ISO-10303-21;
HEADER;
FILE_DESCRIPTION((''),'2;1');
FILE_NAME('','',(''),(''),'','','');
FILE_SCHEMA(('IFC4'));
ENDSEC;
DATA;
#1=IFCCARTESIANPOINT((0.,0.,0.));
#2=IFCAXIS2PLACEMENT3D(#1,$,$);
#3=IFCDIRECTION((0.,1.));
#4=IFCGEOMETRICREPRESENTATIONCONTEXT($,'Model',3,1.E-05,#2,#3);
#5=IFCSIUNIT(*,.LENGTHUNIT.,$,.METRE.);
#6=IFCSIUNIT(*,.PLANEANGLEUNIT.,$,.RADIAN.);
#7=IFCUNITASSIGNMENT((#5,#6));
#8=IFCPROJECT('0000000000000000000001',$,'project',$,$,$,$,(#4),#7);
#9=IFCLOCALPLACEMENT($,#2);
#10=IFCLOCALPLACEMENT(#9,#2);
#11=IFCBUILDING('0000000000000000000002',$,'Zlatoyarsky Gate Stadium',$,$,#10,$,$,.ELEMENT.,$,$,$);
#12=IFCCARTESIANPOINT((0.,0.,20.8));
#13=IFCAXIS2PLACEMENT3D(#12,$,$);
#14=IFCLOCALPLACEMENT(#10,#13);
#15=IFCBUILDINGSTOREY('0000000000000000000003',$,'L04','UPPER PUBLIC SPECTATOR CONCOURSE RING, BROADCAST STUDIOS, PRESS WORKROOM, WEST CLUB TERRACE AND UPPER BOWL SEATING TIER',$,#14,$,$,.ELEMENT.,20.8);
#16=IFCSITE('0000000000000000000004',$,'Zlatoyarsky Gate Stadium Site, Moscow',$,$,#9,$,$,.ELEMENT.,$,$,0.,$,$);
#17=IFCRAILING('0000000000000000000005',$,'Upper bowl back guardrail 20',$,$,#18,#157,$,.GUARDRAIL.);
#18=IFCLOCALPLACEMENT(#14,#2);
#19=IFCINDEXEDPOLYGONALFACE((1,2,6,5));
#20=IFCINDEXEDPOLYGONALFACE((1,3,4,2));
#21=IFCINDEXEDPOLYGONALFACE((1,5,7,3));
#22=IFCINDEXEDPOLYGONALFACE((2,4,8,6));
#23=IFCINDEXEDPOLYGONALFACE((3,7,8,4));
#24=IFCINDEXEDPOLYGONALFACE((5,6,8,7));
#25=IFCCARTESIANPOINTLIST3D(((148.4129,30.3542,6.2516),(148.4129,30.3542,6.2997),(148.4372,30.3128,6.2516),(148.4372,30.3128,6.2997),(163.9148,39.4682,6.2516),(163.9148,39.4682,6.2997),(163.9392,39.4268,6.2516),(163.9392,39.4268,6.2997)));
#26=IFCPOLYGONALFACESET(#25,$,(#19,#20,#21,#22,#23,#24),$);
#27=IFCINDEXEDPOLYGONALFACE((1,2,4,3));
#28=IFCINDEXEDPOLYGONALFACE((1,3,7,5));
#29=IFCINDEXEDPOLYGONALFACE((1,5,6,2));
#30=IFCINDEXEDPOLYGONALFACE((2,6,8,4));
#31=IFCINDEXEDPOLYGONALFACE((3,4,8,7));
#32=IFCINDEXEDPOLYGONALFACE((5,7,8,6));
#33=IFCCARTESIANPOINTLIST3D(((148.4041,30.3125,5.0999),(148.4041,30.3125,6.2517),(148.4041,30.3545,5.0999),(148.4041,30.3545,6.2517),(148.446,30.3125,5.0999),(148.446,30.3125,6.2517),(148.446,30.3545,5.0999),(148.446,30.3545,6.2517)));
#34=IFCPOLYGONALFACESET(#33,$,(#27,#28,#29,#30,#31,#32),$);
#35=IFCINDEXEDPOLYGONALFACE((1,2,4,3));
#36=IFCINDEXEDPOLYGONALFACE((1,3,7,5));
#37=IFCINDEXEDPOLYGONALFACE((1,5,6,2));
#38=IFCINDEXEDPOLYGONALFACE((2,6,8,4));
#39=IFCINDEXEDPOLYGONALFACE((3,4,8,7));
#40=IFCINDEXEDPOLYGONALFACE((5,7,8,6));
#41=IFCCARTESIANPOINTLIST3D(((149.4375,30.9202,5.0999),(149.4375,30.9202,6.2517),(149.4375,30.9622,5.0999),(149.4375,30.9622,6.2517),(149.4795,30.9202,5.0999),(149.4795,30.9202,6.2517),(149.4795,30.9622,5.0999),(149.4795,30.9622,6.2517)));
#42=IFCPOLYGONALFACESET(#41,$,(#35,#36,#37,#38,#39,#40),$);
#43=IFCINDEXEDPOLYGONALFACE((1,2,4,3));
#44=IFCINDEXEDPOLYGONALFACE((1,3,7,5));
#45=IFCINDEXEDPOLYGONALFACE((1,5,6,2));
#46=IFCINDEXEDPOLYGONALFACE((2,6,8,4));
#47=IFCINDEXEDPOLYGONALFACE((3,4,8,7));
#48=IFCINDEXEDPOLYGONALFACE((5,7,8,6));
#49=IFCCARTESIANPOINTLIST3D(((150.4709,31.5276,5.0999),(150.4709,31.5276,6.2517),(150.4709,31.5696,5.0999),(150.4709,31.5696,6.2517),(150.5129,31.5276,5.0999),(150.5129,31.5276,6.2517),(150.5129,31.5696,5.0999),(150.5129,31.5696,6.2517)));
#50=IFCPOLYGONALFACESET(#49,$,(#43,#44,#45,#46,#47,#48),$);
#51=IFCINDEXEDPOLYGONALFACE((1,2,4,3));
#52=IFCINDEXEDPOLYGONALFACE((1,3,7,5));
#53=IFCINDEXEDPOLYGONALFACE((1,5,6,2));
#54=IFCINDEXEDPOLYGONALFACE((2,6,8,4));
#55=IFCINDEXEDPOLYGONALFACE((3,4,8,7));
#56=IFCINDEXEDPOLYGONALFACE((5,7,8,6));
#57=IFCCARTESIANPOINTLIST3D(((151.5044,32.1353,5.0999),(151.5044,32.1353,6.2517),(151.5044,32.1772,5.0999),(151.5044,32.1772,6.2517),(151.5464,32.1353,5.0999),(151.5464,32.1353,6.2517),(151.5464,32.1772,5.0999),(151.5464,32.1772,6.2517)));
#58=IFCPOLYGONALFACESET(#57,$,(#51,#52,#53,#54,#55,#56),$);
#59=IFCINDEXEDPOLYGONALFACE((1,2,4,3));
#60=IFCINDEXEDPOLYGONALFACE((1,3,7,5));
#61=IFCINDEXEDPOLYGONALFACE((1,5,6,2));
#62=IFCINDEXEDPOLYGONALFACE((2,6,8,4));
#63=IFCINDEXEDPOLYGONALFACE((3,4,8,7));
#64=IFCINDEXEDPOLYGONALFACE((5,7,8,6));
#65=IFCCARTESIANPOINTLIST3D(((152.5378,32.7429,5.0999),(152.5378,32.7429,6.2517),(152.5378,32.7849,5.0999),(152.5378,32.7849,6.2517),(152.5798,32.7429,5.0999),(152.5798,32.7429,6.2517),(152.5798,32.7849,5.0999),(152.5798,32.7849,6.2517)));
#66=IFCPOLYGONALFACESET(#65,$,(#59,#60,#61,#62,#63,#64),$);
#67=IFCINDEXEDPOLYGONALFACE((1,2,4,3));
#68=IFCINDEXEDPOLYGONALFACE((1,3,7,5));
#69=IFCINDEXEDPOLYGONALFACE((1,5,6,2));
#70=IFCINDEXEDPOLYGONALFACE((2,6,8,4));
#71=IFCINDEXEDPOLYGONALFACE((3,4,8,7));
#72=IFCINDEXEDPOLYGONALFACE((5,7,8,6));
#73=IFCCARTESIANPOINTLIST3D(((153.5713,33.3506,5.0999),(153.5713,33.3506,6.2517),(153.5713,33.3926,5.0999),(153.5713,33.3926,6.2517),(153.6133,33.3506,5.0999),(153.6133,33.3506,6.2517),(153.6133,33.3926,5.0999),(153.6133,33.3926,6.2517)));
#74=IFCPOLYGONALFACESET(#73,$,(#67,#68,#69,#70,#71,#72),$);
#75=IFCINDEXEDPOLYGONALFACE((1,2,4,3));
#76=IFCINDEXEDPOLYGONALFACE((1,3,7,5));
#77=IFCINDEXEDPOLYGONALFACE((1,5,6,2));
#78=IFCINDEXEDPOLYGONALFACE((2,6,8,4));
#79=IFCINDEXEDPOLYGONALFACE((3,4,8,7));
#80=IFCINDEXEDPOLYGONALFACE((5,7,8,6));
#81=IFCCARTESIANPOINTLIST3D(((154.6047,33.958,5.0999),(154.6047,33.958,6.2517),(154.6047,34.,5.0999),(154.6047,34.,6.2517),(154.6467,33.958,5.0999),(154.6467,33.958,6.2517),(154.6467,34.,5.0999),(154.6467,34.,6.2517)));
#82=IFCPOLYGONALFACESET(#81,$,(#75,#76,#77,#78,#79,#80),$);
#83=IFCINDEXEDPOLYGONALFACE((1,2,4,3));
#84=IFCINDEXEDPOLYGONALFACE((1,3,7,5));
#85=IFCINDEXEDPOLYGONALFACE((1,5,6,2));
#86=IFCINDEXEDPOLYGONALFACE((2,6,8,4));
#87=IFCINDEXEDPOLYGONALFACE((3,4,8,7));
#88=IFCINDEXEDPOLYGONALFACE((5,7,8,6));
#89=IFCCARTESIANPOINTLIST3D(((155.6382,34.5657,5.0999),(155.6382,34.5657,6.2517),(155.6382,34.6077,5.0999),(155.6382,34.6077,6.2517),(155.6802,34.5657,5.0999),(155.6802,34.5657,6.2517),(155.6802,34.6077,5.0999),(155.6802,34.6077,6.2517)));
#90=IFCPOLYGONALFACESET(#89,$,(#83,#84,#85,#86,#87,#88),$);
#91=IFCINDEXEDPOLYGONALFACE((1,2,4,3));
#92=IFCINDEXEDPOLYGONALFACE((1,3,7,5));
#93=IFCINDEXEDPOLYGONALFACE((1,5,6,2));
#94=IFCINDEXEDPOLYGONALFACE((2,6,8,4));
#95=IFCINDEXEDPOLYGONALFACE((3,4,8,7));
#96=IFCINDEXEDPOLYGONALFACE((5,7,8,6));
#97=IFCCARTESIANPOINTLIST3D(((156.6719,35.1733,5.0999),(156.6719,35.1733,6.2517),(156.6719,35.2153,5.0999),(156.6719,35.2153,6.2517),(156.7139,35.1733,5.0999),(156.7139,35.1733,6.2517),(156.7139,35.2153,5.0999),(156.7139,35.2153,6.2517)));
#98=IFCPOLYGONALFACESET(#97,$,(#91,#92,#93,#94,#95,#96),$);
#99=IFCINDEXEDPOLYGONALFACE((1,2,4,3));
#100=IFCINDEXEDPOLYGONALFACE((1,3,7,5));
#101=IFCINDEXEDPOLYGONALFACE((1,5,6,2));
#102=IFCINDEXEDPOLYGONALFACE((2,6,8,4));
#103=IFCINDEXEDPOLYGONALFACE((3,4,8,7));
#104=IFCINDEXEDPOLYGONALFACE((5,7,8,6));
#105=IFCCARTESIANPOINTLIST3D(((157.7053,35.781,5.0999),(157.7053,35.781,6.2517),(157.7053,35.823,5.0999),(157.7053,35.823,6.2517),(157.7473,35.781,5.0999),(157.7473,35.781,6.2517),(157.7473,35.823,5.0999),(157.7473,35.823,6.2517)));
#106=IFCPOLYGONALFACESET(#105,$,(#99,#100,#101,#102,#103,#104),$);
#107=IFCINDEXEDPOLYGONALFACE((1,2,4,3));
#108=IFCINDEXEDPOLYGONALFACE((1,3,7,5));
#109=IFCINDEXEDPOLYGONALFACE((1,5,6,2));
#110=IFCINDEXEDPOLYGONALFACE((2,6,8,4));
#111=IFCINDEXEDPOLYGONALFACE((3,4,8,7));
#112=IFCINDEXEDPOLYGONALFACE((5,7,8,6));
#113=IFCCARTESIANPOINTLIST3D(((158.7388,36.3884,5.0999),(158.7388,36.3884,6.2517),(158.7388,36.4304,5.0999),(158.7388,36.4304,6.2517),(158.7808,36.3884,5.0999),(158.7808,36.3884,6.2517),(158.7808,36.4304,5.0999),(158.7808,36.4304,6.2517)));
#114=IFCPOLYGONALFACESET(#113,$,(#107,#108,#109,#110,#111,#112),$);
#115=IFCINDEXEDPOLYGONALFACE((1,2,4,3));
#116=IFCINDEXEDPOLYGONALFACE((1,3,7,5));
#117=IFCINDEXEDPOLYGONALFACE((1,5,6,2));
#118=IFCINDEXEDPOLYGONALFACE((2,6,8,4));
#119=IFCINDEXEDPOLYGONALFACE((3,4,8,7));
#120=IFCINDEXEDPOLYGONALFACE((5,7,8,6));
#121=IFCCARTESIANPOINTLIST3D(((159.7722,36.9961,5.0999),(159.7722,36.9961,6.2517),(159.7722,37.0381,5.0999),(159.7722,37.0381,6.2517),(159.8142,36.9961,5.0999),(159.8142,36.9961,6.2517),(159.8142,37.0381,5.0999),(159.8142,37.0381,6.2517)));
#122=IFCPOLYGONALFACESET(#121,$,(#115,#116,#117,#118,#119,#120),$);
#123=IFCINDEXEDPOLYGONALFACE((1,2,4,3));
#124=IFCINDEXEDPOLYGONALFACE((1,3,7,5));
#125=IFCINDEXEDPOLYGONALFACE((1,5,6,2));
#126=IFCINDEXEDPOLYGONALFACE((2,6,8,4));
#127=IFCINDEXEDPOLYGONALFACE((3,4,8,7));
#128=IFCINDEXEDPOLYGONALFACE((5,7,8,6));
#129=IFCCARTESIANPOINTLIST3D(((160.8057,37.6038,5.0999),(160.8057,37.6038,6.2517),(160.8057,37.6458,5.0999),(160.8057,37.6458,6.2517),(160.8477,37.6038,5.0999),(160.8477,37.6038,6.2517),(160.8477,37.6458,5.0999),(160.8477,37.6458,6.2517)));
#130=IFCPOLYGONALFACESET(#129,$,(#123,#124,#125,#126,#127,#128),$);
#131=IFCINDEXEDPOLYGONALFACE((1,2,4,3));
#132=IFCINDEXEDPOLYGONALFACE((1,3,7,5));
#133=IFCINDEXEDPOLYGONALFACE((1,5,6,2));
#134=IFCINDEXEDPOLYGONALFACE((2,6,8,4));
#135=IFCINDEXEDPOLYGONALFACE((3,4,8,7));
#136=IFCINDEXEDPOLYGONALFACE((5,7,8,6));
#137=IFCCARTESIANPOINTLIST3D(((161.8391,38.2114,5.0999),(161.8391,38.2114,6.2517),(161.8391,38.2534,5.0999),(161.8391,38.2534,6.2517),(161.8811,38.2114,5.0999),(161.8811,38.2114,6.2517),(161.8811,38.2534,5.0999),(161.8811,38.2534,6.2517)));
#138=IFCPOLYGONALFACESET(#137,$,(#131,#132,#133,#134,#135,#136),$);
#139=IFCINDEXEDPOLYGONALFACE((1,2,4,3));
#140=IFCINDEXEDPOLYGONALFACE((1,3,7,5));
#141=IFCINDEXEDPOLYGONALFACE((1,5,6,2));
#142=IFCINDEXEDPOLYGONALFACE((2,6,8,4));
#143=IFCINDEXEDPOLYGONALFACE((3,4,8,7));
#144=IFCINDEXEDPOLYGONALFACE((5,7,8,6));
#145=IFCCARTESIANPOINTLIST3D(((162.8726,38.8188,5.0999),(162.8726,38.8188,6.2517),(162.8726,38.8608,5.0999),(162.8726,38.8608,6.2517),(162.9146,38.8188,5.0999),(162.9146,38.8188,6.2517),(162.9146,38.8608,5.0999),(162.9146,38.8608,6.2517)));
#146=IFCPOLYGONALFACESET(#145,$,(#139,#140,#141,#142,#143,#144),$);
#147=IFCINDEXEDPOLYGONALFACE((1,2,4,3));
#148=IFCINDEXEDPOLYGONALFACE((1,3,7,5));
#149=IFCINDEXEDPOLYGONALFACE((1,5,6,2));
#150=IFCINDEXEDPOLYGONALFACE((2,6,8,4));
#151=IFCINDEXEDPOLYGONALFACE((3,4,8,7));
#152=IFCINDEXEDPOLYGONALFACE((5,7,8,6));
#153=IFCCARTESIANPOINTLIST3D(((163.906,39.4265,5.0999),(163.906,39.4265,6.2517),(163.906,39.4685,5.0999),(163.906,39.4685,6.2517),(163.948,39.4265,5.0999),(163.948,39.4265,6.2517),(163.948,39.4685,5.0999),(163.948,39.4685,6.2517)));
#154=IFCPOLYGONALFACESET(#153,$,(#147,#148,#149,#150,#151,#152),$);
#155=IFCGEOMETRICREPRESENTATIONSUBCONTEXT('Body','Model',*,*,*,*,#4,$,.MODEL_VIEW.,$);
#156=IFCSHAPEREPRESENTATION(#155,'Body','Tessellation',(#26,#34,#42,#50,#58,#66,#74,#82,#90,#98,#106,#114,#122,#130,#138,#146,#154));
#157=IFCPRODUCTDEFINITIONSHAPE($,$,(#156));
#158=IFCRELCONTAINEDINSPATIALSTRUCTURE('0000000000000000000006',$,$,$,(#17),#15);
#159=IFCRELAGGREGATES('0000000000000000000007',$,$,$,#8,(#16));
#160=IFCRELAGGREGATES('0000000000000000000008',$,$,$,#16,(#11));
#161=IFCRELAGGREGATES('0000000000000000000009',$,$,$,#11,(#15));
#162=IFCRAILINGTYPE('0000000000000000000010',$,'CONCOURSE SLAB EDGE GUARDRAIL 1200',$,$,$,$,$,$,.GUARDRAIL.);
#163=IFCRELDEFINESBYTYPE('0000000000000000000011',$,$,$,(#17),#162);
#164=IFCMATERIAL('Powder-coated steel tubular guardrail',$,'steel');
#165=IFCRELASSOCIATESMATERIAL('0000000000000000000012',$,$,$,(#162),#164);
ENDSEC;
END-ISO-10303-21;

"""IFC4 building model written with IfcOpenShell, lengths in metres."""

from ifc_helpers import new_model, si_unit, direction, frame, origin, origin_2d, place, context, subcontext, project, spatial, rectangle, extrude, material, type_object, element, save


model = new_model("IFC4")

# Units and contexts
model_context = context("Model", 3, precision=1e-05, world=origin(), true_north=direction((0.0, 1.0)))
body_context = subcontext(model_context, "Body", "Model", "MODEL_VIEW")
ifc_project = project(units=[si_unit("LENGTHUNIT", "METRE"), si_unit("PLANEANGLEUNIT", "RADIAN")], contexts=[model_context])

# Site, building, storey
site_placement = place(None, origin())
site = spatial("IfcSite", under=ifc_project, at=site_placement, Name="Zlatoyarsky Gate Stadium Site, Moscow", CompositionType="ELEMENT", RefElevation=0.0)
building_placement = place(site_placement, origin())
building = spatial("IfcBuilding", under=site, at=building_placement, Name="Zlatoyarsky Gate Stadium", CompositionType="ELEMENT")
storey_placement = place(building_placement, frame((0.0, 0.0, 20.8)))
storey = spatial("IfcBuildingStorey", under=building, at=storey_placement, Name="L04", Description="UPPER PUBLIC SPECTATOR CONCOURSE RING, BROADCAST STUDIOS, PRESS WORKROOM, WEST CLUB TERRACE AND UPPER BOWL SEATING TIER", CompositionType="ELEMENT", Elevation=20.8)

# Railing
ifc_material_1 = material(Name="Powder-coated steel tubular guardrail", Category="steel")
railing_type_1 = type_object("IfcRailingType", Name="CONCOURSE SLAB EDGE GUARDRAIL 1200", PredefinedType="GUARDRAIL", material=ifc_material_1)
railing_1_placement = place(storey_placement, frame((148.425, 30.3335, 5.0999)))
element("IfcRailing", 1, at=railing_1_placement, inside=storey, type_object=railing_type_1, Name="Upper bowl back guardrail 20", PredefinedType="GUARDRAIL", context=body_context, shape_type="SweptSolid", body=[
    extrude(rectangle(XDim=0.0481, YDim=0.0481, at=origin_2d()), frame((0.0, 0.0, 1.1758), z_axis=(0.86205, 0.506823, 0.0), x_axis=(-0.506823, 0.86205, 0.0)), (0.0, 0.0, 1.0), 17.9827),
    extrude(rectangle(XDim=0.042, YDim=0.042, at=origin_2d()), origin(), (0.0, 0.0, 1.0), 1.1519),
    extrude(rectangle(XDim=0.042, YDim=0.042, at=origin_2d()), frame((1.0334, 0.6077, 0.0)), (0.0, 0.0, 1.0), 1.1519),
    extrude(rectangle(XDim=0.042, YDim=0.042, at=origin_2d()), frame((2.0669, 1.2151, 0.0)), (0.0, 0.0, 1.0), 1.1519),
    extrude(rectangle(XDim=0.042, YDim=0.042, at=origin_2d()), frame((3.1003, 1.8228, 0.0)), (0.0, 0.0, 1.0), 1.1519),
    extrude(rectangle(XDim=0.042, YDim=0.042, at=origin_2d()), frame((4.1338, 2.4304, 0.0)), (0.0, 0.0, 1.0), 1.1519),
    extrude(rectangle(XDim=0.042, YDim=0.042, at=origin_2d()), frame((5.1672, 3.0381, 0.0)), (0.0, 0.0, 1.0), 1.1519),
    extrude(rectangle(XDim=0.042, YDim=0.042, at=origin_2d()), frame((6.2007, 3.6455, 0.0)), (0.0, 0.0, 1.0), 1.1519),
    extrude(rectangle(XDim=0.042, YDim=0.042, at=origin_2d()), frame((7.2341, 4.2532, 0.0)), (0.0, 0.0, 1.0), 1.1519),
    extrude(rectangle(XDim=0.042, YDim=0.042, at=origin_2d()), frame((8.2678, 4.8608, 0.0)), (0.0, 0.0, 1.0), 1.1519),
    extrude(rectangle(XDim=0.042, YDim=0.042, at=origin_2d()), frame((9.3013, 5.4685, 0.0)), (0.0, 0.0, 1.0), 1.1519),
    extrude(rectangle(XDim=0.042, YDim=0.042, at=origin_2d()), frame((10.3347, 6.0759, 0.0)), (0.0, 0.0, 1.0), 1.1519),
    extrude(rectangle(XDim=0.042, YDim=0.042, at=origin_2d()), frame((11.3682, 6.6836, 0.0)), (0.0, 0.0, 1.0), 1.1519),
    extrude(rectangle(XDim=0.042, YDim=0.042, at=origin_2d()), frame((12.4016, 7.2913, 0.0)), (0.0, 0.0, 1.0), 1.1519),
    extrude(rectangle(XDim=0.042, YDim=0.042, at=origin_2d()), frame((13.4351, 7.8989, 0.0)), (0.0, 0.0, 1.0), 1.1519),
    extrude(rectangle(XDim=0.042, YDim=0.042, at=origin_2d()), frame((14.4685, 8.5063, 0.0)), (0.0, 0.0, 1.0), 1.1519),
    extrude(rectangle(XDim=0.042, YDim=0.042, at=origin_2d()), frame((15.502, 9.114, 0.0)), (0.0, 0.0, 1.0), 1.1519),
])

save(model, "model.ifc")
